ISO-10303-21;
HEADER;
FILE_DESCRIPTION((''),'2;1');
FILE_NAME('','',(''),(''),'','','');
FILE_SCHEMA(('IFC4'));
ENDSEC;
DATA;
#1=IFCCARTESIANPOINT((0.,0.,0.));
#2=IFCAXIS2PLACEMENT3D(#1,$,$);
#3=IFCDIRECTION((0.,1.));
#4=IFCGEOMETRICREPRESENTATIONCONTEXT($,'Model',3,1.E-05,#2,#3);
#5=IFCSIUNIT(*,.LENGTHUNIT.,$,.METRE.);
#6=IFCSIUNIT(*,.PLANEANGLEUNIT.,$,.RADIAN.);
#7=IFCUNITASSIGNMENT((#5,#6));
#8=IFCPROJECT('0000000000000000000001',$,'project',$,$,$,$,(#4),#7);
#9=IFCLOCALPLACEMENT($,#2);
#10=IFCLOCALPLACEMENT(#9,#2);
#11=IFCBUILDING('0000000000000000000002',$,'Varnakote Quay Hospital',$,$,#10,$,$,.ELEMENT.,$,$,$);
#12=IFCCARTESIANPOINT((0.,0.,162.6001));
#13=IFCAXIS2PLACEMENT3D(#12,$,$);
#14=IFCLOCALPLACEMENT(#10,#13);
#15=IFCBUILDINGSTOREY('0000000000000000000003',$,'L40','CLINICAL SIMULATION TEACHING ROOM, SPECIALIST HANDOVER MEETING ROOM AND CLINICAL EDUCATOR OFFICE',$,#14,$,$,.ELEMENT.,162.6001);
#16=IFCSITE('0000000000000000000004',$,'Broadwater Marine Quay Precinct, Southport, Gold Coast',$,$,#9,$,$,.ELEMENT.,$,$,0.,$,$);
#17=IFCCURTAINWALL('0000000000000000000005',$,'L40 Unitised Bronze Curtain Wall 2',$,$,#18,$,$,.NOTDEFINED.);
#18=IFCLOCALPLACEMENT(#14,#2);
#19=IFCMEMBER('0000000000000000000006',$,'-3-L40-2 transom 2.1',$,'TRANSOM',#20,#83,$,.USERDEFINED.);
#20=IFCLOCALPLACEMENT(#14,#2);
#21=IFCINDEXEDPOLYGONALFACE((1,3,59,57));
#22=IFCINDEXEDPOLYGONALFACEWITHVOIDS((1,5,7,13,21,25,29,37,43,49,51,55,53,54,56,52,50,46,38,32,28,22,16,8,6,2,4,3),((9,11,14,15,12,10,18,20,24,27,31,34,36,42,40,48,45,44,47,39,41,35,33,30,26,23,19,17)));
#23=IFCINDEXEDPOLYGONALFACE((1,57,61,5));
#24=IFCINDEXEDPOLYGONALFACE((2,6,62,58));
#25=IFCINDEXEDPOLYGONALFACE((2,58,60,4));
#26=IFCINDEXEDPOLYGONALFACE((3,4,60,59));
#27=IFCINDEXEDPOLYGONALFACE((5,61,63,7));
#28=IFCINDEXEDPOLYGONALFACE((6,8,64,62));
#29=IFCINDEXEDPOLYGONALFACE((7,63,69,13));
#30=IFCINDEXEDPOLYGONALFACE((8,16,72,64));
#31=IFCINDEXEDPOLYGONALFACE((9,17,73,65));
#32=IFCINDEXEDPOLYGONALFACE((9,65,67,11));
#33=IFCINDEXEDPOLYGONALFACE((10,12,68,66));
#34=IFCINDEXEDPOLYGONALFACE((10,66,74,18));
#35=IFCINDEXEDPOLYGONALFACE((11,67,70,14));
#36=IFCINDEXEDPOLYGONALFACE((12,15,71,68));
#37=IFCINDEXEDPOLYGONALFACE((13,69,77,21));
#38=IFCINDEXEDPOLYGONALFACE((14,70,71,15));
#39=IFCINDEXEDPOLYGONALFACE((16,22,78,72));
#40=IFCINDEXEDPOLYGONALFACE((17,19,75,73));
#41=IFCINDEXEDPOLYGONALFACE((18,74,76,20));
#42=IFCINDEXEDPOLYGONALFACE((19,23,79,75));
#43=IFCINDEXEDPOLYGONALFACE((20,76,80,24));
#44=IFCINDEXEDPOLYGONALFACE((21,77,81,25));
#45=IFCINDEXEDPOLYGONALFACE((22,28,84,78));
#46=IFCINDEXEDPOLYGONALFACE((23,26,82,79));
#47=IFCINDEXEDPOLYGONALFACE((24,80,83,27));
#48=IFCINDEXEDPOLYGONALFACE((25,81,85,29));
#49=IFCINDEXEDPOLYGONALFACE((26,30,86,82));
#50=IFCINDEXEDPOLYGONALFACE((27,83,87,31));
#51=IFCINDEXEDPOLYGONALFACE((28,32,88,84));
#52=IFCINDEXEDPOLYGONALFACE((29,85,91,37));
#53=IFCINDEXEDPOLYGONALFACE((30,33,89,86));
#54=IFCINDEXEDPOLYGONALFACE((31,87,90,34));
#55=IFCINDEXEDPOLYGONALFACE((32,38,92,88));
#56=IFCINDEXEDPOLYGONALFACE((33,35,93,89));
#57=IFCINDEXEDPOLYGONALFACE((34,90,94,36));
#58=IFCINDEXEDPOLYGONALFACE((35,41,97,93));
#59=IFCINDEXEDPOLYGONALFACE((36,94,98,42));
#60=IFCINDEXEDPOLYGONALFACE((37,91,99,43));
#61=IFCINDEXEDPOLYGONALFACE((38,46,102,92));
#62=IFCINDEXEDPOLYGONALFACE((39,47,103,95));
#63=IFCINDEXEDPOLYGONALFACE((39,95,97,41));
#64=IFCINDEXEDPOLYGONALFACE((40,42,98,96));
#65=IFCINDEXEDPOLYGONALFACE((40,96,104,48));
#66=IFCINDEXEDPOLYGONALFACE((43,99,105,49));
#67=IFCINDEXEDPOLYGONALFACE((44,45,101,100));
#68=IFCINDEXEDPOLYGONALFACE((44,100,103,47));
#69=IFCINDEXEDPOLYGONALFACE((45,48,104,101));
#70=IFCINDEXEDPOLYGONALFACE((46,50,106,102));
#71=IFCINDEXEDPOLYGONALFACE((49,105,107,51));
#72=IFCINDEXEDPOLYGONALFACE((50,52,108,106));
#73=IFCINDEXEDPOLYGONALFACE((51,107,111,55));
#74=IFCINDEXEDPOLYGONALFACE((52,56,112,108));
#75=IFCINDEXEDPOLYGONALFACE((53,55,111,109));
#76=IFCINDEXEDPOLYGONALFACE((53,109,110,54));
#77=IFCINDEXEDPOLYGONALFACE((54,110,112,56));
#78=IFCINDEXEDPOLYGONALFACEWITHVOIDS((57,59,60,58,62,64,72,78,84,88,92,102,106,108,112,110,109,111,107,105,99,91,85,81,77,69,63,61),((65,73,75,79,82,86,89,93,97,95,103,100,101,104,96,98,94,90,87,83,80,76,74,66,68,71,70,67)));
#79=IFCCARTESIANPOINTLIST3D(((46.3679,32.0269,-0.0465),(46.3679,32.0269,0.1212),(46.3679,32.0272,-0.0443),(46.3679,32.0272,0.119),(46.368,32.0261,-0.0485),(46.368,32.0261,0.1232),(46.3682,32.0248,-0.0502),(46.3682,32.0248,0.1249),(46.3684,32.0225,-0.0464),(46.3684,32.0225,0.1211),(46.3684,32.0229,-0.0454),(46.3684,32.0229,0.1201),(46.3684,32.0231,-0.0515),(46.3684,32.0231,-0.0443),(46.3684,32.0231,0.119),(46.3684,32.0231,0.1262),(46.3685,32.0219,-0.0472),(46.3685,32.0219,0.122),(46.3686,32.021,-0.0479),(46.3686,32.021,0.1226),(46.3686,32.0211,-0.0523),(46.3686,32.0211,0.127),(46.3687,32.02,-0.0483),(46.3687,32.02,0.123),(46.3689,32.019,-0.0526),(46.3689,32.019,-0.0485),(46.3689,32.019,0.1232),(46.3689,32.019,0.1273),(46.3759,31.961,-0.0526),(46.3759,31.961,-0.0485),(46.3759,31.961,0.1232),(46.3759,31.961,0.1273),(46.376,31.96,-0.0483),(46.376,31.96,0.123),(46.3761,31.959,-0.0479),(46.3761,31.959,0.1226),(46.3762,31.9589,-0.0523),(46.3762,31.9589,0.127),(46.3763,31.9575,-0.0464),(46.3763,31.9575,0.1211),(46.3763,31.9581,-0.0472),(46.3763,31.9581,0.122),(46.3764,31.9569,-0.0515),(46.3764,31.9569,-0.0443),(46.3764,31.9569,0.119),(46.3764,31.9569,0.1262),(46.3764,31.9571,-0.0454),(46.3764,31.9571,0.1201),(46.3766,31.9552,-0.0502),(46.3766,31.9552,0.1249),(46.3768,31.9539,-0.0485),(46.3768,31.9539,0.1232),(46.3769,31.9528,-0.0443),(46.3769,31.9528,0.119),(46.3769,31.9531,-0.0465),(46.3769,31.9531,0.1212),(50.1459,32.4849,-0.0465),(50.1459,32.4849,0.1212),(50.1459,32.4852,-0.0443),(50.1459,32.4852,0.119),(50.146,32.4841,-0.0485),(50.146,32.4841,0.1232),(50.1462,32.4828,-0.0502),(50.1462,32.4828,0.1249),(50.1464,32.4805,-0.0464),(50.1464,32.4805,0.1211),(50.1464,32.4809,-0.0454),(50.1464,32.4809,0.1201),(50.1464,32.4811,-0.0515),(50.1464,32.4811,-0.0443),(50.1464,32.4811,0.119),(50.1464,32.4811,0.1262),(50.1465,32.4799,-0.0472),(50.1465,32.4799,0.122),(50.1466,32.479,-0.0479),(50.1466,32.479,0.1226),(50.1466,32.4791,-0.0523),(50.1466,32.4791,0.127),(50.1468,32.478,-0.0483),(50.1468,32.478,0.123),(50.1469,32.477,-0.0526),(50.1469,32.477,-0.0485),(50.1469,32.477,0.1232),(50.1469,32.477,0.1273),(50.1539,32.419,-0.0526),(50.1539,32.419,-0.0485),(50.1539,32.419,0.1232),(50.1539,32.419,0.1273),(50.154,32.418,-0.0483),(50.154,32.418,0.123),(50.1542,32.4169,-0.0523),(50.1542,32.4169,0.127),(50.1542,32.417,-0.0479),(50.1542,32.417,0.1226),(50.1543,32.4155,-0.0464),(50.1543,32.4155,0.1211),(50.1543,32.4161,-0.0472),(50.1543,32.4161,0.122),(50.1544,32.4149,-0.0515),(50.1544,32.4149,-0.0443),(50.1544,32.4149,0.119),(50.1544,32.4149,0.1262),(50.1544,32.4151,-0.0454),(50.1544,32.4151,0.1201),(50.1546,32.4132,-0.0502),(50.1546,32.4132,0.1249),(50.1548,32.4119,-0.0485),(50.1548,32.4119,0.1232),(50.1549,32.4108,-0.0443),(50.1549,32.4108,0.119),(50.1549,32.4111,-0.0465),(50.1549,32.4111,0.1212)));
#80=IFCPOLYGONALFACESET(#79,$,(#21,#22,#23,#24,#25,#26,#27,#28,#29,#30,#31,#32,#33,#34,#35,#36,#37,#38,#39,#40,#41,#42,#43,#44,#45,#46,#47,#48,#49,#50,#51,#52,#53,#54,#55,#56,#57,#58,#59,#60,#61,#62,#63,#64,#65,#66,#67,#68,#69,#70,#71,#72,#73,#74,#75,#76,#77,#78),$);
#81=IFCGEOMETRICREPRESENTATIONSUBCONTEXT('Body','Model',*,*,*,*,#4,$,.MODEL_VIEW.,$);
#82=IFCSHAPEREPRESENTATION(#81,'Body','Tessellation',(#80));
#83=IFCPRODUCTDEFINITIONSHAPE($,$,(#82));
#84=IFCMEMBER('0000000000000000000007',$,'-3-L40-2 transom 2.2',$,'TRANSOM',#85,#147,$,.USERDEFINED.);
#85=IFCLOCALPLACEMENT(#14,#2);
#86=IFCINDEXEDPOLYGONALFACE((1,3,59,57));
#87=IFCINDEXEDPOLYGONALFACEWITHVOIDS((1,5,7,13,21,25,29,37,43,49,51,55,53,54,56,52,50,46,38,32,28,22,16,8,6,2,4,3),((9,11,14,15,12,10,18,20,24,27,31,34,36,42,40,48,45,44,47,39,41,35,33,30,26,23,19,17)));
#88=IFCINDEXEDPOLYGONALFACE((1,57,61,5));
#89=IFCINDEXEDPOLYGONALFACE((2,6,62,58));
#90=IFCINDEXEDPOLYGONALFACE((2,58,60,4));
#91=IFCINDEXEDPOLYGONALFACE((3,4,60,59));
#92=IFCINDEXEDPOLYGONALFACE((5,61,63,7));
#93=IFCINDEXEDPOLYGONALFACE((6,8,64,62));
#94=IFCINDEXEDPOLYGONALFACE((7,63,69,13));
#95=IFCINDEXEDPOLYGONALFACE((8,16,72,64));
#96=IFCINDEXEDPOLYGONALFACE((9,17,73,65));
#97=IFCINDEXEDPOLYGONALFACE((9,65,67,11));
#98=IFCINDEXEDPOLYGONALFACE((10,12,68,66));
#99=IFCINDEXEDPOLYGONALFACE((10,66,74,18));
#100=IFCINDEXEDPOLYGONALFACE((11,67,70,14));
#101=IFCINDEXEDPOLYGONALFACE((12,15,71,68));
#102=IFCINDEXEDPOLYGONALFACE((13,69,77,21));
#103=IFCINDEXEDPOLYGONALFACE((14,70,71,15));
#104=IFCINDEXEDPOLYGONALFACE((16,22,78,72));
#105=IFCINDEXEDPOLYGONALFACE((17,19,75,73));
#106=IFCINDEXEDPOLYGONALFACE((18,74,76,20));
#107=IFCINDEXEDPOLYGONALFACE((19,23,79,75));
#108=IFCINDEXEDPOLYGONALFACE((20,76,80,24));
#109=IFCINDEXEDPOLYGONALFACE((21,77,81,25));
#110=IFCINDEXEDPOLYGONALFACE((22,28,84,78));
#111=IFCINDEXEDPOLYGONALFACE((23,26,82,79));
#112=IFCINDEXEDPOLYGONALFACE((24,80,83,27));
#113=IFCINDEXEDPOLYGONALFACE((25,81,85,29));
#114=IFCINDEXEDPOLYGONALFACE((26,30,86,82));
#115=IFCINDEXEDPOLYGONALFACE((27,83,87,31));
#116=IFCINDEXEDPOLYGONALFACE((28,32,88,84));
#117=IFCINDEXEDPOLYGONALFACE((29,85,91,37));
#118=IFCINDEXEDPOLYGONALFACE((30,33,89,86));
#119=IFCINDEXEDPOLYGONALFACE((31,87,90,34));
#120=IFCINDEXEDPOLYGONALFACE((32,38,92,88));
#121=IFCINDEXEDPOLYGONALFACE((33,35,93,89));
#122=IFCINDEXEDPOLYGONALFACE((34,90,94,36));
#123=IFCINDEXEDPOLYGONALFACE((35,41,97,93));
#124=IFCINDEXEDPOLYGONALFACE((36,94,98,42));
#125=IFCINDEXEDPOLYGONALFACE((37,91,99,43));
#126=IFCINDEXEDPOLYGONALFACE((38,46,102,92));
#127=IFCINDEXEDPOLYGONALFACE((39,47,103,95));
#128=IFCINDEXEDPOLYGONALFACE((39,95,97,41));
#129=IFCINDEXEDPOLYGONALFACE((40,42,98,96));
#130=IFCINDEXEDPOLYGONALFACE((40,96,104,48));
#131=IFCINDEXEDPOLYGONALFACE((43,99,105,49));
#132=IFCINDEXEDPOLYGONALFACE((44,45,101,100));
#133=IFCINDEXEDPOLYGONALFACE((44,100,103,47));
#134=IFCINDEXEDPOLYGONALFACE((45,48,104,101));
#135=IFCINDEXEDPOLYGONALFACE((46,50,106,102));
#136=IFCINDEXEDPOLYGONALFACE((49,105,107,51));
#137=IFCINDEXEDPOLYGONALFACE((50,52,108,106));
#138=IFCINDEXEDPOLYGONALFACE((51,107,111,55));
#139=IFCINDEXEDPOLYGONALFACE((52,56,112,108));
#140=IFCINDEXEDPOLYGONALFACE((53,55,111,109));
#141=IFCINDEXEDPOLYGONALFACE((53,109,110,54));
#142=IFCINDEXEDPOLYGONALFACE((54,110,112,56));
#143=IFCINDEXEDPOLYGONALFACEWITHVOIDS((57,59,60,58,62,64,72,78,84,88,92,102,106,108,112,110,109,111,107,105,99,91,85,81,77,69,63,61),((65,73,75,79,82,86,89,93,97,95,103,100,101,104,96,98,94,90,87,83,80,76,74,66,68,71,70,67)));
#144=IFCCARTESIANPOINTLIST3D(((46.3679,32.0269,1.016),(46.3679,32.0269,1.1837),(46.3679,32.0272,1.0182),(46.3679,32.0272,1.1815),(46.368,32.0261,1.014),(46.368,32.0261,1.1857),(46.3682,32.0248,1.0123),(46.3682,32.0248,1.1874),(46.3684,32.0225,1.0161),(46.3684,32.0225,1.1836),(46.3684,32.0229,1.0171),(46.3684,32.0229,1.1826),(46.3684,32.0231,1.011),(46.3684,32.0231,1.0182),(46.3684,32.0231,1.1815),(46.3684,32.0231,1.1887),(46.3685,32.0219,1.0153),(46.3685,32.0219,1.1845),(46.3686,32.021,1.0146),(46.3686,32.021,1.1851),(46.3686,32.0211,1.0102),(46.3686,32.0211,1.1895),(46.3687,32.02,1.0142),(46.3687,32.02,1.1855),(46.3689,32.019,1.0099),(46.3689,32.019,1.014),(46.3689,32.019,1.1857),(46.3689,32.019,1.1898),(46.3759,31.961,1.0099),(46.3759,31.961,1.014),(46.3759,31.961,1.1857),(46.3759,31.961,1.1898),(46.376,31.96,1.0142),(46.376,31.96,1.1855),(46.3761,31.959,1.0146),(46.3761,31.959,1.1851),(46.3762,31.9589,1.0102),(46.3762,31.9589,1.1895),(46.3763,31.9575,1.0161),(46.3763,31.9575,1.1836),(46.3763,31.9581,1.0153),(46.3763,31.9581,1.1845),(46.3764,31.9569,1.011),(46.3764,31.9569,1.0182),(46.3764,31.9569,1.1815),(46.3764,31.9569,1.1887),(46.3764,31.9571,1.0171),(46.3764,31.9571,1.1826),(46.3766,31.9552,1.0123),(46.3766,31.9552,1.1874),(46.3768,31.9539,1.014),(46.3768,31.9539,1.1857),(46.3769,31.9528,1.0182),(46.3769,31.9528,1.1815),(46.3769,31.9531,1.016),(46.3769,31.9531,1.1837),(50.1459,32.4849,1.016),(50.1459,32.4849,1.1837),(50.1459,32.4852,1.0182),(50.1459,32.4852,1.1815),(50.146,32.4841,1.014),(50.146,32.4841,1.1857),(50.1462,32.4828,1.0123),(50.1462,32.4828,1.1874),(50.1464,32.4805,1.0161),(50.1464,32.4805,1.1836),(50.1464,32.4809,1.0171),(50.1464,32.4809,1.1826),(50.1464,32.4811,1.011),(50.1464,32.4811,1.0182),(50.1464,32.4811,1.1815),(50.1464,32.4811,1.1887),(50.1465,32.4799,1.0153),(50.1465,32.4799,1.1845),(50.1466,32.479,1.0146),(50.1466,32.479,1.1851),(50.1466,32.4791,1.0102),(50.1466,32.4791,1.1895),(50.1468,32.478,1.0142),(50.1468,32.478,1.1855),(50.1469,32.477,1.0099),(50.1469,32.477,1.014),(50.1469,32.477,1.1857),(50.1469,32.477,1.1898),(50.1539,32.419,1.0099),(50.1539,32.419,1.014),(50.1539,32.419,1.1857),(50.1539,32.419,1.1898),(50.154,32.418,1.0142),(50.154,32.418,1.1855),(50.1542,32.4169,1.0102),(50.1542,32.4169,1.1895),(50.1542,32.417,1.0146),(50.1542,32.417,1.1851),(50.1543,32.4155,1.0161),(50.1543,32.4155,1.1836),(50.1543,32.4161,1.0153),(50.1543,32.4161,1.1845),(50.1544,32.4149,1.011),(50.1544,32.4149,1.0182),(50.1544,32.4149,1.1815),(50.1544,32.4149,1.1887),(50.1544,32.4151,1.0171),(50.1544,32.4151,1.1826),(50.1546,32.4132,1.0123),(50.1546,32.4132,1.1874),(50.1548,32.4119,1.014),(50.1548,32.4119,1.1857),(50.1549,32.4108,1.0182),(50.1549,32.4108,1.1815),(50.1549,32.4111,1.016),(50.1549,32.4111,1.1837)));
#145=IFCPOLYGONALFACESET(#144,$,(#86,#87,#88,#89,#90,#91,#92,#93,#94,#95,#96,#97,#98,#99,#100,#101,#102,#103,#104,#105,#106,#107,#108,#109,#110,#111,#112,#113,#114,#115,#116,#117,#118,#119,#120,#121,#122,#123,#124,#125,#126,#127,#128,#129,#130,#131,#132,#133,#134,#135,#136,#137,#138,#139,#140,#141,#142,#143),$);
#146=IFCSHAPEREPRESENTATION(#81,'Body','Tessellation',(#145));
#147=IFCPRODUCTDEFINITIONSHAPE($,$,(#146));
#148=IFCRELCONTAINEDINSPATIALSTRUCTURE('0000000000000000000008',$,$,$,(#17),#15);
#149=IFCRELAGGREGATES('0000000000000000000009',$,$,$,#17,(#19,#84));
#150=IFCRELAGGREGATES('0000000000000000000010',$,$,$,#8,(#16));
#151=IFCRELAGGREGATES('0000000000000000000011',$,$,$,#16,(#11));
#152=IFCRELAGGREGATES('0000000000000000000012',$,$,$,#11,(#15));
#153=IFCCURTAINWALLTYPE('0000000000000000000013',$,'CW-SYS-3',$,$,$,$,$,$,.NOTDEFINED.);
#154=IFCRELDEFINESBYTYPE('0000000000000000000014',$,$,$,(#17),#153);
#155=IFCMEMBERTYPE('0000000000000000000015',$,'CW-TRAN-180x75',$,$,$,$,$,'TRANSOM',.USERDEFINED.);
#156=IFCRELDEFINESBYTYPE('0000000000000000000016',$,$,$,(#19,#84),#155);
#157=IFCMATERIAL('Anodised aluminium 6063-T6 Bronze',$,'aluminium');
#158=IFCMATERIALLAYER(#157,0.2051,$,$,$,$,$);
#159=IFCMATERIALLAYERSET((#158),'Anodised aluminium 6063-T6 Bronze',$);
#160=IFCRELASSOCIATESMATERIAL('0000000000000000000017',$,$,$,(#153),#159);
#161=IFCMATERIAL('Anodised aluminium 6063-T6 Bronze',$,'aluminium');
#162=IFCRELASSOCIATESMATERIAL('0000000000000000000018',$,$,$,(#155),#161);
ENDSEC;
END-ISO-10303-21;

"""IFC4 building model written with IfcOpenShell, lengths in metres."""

from ifc_helpers import new_model, si_unit, direction, frame, origin, origin_2d, place, context, subcontext, project, spatial, hollow_rectangle, extrude, material, layer, layer_set, material_profile, profile_set, type_object, element, aggregate, save


model = new_model("IFC4")

# Units and contexts
model_context = context("Model", 3, precision=1e-05, world=origin(), true_north=direction((0.0, 1.0)))
body_context = subcontext(model_context, "Body", "Model", "MODEL_VIEW")
ifc_project = project(units=[si_unit("LENGTHUNIT", "METRE"), si_unit("PLANEANGLEUNIT", "RADIAN")], contexts=[model_context])

# Site, building, storey
site_placement = place(None, origin())
site = spatial("IfcSite", under=ifc_project, at=site_placement, Name="Broadwater Marine Quay Precinct, Southport, Gold Coast", CompositionType="ELEMENT", RefElevation=0.0)
building_placement = place(site_placement, origin())
building = spatial("IfcBuilding", under=site, at=building_placement, Name="Varnakote Quay Hospital", CompositionType="ELEMENT")
storey_placement = place(building_placement, frame((0.0, 0.0, 162.6001)))
storey = spatial("IfcBuildingStorey", under=building, at=storey_placement, Name="L40", Description="CLINICAL SIMULATION TEACHING ROOM, SPECIALIST HANDOVER MEETING ROOM AND CLINICAL EDUCATOR OFFICE", CompositionType="ELEMENT", Elevation=162.6001)

# Shared definitions
ifc_material_1 = material(Name="Anodised aluminium 6063-T6 Bronze", Category="aluminium")
ifc_layer_1 = layer(ifc_material_1, 0.2051)
ifc_layer_set_1 = layer_set([ifc_layer_1], Name="Anodised aluminium 6063-T6 Bronze")
curtain_wall_type = type_object("IfcCurtainWallType", Name="CW-SYS-3", PredefinedType="NOTDEFINED", material=ifc_layer_set_1)

# Curtain wall, members
curtain_wall_1_placement = place(storey_placement, origin())
curtain_wall_1 = element("IfcCurtainWall", 1, at=curtain_wall_1_placement, inside=storey, type_object=curtain_wall_type, Name="L40 Unitised Bronze Curtain Wall 2", PredefinedType="NOTDEFINED")
ifc_material_2 = material(Name="Anodised aluminium 6063-T6 Bronze", Category="aluminium")
ifc_material_profile_1 = material_profile(ifc_material_2, hollow_rectangle(XDim=0.075, YDim=0.1799, WallThickness=0.0042, InnerFilletRadius=0.0042, OuterFilletRadius=0.0083, at=origin_2d()), Name="CW-TRAN-180x75")
ifc_profile_set_1 = profile_set([ifc_material_profile_1], Name="Anodised aluminium 6063-T6 Bronze")
member_type_1 = type_object("IfcMemberType", Name="CW-TRAN-180x75", ElementType="TRANSOM", PredefinedType="USERDEFINED", material=ifc_profile_set_1)
member_1_placement = place(storey_placement, frame((50.1504, 32.448, 0.0374), z_axis=(-0.992732, -0.120347, 0.0), x_axis=(0.120347, -0.992732, 0.0)))
member_1 = element("IfcMember", 2, at=member_1_placement, type_object=member_type_1, Name="-3-L40-2 transom 2.1", ObjectType="TRANSOM", PredefinedType="USERDEFINED", context=body_context, shape_type="SweptSolid", body=[
    extrude(hollow_rectangle(XDim=0.075, YDim=0.1799, WallThickness=0.0042, InnerFilletRadius=0.0042, OuterFilletRadius=0.0083, at=origin_2d()), origin(), (0.0, 0.0, 1.0), 3.8057),
])
member_2_placement = place(storey_placement, frame((50.1504, 32.448, 1.0999), z_axis=(-0.992732, -0.120347, 0.0), x_axis=(0.120347, -0.992732, 0.0)))
member_2 = element("IfcMember", 3, at=member_2_placement, type_object=member_type_1, Name="-3-L40-2 transom 2.2", ObjectType="TRANSOM", PredefinedType="USERDEFINED", context=body_context, shape_type="SweptSolid", body=[
    extrude(hollow_rectangle(XDim=0.075, YDim=0.1799, WallThickness=0.0042, InnerFilletRadius=0.0042, OuterFilletRadius=0.0083, at=origin_2d()), origin(), (0.0, 0.0, 1.0), 3.8057),
])

aggregate(curtain_wall_1, [member_1, member_2])

save(model, "model.ifc")
